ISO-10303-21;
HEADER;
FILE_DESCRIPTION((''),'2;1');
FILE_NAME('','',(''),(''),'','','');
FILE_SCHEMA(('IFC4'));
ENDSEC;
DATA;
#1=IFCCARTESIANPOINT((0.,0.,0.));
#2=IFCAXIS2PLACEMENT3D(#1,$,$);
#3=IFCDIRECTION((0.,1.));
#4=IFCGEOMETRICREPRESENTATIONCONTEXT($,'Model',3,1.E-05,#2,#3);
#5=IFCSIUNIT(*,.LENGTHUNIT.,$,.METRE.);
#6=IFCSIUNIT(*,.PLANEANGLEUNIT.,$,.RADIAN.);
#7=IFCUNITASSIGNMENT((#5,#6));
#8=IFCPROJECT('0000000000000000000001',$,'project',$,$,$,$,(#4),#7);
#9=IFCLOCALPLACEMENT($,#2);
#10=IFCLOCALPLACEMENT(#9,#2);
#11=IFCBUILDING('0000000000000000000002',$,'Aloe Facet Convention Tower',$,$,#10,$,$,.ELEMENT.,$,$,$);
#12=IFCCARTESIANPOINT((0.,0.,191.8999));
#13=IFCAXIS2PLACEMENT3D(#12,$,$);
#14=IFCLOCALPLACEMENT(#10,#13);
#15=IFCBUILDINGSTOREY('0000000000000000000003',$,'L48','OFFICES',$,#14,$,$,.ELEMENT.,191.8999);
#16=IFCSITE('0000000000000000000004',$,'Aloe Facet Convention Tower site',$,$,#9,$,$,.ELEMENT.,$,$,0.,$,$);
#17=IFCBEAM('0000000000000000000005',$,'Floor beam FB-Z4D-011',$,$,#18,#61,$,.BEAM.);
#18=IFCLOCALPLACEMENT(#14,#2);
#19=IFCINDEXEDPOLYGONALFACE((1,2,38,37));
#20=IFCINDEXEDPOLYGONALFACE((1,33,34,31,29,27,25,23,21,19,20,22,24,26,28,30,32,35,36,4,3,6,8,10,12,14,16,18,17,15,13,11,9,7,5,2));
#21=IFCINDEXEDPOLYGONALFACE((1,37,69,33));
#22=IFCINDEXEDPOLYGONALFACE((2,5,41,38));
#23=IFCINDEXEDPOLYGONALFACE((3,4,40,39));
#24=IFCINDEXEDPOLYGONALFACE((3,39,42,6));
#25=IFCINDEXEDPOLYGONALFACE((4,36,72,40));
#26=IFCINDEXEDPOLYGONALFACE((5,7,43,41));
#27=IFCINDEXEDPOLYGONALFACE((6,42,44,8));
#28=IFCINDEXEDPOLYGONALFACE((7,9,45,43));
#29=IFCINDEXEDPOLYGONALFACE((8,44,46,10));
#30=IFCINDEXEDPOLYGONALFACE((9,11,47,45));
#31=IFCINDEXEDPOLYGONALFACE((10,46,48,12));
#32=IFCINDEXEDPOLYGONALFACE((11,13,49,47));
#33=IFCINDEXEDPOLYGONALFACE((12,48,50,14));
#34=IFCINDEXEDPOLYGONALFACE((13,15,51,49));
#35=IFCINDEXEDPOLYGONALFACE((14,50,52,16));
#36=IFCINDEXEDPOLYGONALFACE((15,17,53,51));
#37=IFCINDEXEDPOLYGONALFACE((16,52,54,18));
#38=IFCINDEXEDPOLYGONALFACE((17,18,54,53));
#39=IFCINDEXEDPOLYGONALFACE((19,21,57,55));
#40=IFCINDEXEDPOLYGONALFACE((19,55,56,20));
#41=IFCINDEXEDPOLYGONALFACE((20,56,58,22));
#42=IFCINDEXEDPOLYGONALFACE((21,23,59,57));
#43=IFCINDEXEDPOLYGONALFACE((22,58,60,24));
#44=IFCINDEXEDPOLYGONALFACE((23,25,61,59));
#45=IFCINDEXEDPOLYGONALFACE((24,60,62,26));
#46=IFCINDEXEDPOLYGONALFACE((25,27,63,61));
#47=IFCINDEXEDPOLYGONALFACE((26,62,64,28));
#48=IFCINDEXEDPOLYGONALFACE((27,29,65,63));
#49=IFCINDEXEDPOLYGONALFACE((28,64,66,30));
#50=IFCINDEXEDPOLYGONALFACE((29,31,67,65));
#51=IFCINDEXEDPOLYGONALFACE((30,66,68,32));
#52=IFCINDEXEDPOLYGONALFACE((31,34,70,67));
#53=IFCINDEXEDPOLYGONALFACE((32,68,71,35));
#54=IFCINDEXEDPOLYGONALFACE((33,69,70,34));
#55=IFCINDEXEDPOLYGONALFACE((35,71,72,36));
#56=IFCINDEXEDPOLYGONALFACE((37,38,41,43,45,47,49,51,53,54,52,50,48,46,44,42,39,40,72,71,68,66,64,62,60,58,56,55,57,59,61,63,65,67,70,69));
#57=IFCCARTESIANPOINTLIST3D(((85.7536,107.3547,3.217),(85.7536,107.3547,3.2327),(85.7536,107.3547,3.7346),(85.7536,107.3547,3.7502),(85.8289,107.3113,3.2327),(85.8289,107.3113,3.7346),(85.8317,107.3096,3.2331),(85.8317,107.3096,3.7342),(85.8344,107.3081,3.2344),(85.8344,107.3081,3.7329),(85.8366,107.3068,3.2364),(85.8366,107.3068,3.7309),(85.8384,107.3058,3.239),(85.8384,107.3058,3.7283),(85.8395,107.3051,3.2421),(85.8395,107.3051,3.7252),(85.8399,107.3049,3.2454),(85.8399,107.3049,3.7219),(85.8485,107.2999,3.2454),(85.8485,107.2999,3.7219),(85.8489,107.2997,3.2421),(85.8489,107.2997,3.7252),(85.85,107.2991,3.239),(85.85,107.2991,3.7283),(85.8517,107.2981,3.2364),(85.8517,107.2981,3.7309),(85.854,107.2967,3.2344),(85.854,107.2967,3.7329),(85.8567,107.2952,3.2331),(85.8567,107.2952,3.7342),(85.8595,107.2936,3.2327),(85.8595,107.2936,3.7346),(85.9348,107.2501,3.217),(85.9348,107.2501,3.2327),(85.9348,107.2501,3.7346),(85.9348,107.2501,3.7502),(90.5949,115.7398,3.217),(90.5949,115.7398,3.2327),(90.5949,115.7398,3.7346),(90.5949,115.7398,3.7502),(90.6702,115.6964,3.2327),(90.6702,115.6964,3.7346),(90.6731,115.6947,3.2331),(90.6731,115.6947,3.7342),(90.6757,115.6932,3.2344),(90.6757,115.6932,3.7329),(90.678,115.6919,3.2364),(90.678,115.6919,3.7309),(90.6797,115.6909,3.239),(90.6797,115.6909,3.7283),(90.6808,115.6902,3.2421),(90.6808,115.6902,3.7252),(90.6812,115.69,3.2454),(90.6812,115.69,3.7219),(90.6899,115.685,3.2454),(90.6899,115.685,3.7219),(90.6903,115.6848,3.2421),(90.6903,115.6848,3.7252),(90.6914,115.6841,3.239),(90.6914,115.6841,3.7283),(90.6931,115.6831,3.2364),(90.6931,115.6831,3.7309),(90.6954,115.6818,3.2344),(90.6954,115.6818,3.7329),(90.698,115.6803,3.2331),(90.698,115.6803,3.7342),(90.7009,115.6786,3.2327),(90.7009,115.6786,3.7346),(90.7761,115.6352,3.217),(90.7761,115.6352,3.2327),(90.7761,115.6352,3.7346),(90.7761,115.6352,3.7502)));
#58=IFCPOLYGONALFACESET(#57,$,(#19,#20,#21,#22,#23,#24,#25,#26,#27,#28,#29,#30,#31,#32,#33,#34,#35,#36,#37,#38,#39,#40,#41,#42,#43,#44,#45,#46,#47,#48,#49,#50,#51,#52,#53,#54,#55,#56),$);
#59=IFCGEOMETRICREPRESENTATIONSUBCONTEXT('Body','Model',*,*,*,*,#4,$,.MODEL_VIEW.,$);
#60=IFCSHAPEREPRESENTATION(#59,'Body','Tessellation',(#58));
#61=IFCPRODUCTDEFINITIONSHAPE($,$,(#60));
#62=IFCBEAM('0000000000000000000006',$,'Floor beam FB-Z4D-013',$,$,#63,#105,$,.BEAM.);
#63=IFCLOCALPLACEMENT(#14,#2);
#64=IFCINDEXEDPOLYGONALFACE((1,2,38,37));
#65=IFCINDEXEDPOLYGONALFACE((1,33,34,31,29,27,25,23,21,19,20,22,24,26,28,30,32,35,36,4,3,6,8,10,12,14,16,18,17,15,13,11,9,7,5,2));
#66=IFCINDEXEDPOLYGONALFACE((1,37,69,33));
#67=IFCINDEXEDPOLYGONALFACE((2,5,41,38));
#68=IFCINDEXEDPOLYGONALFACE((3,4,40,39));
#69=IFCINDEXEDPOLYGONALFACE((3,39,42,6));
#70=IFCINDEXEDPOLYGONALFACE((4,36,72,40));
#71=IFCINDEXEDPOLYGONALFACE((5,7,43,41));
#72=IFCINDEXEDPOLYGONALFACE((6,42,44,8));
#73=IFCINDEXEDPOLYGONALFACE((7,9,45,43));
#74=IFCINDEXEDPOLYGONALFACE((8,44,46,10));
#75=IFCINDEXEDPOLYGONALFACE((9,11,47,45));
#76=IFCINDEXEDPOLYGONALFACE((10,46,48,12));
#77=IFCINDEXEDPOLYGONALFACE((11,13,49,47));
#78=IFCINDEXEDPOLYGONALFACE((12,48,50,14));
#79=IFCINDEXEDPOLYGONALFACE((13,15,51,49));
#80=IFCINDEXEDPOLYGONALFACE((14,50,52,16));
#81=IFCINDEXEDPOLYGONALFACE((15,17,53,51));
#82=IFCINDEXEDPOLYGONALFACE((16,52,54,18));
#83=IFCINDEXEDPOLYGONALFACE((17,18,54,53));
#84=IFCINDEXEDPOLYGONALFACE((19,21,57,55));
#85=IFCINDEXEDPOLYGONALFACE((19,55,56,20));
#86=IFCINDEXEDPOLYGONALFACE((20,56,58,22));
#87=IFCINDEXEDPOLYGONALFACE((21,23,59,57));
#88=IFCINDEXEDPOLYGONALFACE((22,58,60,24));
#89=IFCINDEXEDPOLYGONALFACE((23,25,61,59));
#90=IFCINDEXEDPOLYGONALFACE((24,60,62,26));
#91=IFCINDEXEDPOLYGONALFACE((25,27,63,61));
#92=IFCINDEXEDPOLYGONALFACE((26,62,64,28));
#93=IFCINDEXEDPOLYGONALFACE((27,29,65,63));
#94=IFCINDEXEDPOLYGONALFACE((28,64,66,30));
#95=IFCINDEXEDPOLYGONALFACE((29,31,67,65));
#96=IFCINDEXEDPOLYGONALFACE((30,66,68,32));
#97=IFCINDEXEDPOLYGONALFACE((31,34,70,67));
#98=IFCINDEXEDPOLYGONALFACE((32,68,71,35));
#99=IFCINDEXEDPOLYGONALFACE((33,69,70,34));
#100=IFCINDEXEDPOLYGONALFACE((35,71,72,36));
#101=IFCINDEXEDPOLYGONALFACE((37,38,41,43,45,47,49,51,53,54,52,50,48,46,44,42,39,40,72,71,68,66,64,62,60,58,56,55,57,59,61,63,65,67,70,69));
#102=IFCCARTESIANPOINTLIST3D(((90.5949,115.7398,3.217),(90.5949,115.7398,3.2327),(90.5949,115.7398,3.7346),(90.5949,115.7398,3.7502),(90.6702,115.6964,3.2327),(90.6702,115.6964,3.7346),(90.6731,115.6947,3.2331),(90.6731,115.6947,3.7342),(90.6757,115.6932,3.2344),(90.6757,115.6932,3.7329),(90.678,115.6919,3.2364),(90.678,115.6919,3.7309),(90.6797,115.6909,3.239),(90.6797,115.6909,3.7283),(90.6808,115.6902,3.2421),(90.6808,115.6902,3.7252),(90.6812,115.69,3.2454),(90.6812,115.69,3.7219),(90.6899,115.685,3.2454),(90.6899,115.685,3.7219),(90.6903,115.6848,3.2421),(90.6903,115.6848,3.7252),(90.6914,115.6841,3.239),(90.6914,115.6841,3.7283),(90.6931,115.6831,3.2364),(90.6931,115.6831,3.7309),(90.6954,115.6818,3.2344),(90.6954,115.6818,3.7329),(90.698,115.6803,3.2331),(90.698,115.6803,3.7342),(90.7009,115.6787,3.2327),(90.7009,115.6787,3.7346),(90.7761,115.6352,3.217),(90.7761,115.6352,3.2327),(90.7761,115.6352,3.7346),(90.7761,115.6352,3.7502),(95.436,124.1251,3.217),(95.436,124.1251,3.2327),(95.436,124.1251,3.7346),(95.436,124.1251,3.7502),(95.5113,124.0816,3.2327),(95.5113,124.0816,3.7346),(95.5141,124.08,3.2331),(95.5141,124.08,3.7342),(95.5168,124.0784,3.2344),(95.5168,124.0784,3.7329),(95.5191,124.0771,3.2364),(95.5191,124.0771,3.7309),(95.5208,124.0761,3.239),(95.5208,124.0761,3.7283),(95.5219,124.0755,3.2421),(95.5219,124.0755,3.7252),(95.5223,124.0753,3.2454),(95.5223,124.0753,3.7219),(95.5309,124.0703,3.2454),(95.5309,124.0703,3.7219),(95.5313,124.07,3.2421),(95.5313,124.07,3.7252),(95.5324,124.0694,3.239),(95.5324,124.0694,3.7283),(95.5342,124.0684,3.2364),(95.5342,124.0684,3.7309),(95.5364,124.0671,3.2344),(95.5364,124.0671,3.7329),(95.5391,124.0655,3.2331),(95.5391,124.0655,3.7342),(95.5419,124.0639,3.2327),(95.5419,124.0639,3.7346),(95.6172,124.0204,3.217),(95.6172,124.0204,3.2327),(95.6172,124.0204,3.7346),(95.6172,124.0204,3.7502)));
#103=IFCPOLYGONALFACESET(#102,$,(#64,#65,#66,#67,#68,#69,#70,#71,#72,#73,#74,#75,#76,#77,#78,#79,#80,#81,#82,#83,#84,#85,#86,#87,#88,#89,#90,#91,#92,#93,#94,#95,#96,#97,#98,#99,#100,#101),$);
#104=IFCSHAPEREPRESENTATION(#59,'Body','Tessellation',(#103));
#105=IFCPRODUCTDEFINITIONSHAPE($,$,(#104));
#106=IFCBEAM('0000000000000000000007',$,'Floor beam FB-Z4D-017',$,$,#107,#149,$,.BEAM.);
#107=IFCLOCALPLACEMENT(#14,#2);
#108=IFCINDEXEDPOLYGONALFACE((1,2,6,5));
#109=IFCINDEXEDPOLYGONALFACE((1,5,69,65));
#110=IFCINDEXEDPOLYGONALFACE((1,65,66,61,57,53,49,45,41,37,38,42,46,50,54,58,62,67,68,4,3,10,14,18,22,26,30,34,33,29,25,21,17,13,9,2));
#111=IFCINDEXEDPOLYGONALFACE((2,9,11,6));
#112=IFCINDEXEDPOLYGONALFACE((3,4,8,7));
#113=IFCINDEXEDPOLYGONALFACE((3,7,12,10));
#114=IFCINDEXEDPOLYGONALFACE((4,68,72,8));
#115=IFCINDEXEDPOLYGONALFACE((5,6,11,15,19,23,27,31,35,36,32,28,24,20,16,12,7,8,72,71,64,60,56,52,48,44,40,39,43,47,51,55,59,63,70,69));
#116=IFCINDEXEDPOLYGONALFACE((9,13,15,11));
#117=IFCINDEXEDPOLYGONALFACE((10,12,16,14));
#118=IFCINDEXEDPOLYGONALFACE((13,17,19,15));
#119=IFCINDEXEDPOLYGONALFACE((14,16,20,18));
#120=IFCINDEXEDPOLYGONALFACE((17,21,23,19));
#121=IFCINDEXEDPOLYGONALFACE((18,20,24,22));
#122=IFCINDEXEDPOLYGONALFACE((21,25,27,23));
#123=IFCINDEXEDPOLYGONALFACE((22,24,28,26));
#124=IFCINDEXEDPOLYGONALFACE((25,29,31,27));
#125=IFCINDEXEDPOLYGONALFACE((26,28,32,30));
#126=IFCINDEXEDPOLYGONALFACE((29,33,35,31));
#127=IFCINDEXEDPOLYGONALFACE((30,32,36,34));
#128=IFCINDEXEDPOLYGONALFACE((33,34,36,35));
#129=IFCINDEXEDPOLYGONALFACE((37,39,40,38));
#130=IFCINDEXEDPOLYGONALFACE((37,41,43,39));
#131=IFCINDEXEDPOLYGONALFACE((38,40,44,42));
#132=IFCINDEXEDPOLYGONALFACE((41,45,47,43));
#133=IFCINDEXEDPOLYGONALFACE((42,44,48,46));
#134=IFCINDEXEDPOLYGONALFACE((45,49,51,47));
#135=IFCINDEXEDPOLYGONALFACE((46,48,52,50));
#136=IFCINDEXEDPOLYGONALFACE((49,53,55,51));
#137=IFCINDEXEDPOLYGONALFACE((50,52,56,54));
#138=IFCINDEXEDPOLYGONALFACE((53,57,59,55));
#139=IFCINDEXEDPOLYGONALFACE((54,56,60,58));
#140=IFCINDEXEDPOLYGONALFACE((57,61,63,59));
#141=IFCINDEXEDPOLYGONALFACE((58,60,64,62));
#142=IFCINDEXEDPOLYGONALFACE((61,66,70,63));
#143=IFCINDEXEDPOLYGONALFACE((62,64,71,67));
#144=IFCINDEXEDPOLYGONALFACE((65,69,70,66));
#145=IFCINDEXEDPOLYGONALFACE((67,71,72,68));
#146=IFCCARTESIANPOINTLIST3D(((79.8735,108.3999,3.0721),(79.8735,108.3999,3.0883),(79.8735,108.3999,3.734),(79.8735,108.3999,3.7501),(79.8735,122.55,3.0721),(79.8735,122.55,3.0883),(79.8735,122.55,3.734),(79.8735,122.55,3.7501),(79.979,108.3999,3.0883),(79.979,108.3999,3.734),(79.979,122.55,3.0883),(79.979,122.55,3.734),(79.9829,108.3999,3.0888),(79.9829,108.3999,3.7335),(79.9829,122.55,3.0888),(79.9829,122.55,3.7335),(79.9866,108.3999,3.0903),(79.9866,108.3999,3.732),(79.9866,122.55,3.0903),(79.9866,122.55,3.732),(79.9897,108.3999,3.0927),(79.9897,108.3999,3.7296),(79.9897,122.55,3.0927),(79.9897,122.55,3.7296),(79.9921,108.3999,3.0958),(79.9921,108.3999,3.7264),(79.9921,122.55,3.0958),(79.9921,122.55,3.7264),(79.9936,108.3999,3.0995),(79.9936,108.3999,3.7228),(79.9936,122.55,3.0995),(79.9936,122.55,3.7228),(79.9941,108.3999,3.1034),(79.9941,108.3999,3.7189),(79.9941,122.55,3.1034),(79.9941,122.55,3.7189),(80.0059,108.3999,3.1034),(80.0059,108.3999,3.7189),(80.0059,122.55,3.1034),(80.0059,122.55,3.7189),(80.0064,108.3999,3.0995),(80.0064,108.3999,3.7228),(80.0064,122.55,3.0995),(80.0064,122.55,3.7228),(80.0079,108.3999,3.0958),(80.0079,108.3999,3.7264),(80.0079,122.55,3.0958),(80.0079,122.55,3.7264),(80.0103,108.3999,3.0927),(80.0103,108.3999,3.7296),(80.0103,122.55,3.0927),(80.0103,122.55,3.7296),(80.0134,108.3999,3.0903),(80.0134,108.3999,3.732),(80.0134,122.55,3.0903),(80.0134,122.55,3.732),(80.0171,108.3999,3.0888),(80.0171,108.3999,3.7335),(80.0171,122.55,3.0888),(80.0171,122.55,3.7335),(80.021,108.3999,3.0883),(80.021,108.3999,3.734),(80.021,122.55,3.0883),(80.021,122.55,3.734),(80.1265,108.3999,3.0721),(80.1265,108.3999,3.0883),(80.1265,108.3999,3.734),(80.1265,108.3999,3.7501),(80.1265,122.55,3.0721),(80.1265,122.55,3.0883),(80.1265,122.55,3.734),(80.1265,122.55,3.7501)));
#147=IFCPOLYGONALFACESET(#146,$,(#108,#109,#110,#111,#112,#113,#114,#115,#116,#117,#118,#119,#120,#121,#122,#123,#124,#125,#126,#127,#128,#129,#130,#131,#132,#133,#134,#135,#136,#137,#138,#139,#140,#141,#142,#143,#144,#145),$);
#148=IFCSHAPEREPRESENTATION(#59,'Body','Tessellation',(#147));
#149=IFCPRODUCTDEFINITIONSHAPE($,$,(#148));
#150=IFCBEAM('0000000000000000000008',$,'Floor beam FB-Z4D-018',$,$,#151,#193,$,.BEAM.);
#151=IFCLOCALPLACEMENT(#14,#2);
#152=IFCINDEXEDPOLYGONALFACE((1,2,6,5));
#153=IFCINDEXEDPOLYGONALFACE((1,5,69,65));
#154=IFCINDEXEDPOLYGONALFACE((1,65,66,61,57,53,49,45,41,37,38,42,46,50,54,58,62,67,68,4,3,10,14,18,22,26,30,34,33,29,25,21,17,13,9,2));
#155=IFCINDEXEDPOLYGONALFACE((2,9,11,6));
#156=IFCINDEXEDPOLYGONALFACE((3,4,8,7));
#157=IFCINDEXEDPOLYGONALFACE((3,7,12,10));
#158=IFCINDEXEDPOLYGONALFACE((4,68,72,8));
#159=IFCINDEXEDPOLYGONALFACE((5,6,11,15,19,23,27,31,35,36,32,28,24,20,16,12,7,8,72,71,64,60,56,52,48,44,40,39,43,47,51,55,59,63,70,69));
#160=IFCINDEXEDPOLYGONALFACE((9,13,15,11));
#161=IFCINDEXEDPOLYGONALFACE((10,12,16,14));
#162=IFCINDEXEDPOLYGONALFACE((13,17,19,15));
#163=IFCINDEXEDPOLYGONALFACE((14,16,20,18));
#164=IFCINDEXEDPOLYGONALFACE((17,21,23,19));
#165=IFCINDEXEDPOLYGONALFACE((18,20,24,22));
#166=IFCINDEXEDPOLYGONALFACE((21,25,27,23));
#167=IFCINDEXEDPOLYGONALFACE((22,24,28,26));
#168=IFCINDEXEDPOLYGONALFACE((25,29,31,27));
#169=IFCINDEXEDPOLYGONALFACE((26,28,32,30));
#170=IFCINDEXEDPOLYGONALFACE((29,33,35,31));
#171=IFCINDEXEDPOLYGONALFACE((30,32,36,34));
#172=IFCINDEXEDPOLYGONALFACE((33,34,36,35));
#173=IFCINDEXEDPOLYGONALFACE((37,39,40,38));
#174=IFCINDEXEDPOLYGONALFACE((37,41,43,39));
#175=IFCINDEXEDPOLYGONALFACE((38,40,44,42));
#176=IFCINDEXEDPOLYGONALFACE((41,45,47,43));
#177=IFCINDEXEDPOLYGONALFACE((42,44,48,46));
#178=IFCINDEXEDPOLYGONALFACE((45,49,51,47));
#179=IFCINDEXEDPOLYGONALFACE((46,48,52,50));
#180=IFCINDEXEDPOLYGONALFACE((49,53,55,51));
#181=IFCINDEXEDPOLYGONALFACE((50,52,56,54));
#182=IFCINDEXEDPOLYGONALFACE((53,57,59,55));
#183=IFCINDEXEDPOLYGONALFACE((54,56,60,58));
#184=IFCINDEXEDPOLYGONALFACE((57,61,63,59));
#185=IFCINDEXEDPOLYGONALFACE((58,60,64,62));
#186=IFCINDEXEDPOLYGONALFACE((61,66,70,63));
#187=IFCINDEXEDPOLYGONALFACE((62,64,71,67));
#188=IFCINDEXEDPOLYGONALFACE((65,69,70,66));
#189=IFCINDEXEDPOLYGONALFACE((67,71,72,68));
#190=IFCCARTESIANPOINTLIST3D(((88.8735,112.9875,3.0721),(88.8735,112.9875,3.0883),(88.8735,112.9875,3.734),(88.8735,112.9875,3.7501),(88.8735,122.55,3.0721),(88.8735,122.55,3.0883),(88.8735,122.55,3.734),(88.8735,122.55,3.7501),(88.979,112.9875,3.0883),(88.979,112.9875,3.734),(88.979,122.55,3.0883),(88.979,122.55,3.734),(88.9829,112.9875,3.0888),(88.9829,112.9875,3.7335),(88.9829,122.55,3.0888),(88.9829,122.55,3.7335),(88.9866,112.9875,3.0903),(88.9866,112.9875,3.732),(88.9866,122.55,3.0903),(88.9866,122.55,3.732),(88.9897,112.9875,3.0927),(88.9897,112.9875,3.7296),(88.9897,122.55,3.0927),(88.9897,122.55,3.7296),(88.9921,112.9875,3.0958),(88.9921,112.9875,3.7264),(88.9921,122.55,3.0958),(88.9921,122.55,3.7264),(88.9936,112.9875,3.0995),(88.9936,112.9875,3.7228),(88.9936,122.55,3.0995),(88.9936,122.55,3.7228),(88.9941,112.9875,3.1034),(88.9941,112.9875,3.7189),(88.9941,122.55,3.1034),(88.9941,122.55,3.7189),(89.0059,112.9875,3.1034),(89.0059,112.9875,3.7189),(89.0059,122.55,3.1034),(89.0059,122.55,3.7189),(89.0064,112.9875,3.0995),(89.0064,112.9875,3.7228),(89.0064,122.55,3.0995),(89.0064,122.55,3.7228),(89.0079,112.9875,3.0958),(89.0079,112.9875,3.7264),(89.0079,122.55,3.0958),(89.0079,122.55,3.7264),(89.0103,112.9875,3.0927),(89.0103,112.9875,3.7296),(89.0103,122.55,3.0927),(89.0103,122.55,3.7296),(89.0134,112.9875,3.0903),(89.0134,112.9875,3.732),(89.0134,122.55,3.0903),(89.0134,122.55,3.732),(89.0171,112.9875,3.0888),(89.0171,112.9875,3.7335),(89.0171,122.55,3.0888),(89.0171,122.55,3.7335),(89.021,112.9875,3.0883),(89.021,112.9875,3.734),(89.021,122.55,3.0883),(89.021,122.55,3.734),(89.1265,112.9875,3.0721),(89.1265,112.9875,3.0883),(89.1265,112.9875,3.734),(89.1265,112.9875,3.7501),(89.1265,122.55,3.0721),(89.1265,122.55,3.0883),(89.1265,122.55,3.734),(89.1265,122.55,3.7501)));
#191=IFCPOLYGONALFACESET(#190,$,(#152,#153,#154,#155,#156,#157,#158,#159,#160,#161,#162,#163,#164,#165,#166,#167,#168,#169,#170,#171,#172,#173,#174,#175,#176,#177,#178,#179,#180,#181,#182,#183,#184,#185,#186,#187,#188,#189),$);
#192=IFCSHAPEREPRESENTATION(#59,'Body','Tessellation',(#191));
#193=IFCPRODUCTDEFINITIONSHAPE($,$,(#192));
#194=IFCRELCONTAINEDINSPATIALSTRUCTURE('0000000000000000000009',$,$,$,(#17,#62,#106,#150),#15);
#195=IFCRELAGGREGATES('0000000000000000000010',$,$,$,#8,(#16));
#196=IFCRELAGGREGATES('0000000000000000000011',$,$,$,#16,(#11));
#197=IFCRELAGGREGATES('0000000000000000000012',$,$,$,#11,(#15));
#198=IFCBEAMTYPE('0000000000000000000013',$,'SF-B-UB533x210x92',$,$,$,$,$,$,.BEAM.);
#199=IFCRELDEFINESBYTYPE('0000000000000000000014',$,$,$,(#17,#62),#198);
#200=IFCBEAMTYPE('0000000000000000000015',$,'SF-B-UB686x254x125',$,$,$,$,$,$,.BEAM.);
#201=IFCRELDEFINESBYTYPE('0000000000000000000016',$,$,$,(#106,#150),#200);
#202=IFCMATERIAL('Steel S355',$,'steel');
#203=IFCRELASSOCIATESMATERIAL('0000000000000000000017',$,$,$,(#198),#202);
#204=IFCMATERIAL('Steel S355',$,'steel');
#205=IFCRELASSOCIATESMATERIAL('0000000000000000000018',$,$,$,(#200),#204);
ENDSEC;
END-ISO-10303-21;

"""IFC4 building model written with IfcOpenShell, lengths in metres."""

from ifc_helpers import new_model, si_unit, direction, frame, origin, origin_2d, place, context, subcontext, project, spatial, i_section, extrude, material, material_profile, profile_set, type_object, element, save


model = new_model("IFC4")

# Units and contexts
model_context = context("Model", 3, precision=1e-05, world=origin(), true_north=direction((0.0, 1.0)))
body_context = subcontext(model_context, "Body", "Model", "MODEL_VIEW")
ifc_project = project(units=[si_unit("LENGTHUNIT", "METRE"), si_unit("PLANEANGLEUNIT", "RADIAN")], contexts=[model_context])

# Site, building, storey
site_placement = place(None, origin())
site = spatial("IfcSite", under=ifc_project, at=site_placement, Name="Aloe Facet Convention Tower site", CompositionType="ELEMENT", RefElevation=0.0)
building_placement = place(site_placement, origin())
building = spatial("IfcBuilding", under=site, at=building_placement, Name="Aloe Facet Convention Tower", CompositionType="ELEMENT")
storey_placement = place(building_placement, frame((0.0, 0.0, 191.8999)))
storey = spatial("IfcBuildingStorey", under=building, at=storey_placement, Name="L48", Description="OFFICES", CompositionType="ELEMENT", Elevation=191.8999)

# Beams
ifc_material_1 = material(Name="Steel S355", Category="steel")
ifc_material_profile_1 = material_profile(ifc_material_1, i_section(OverallWidth=0.2092, OverallDepth=0.5332, WebThickness=0.01, FlangeThickness=0.0156, FilletRadius=0.0127, at=origin_2d()), Name="UB 533x210x92")
ifc_profile_set_1 = profile_set([ifc_material_profile_1], Name="Steel S355")
beam_type_1 = type_object("IfcBeamType", Name="SF-B-UB533x210x92", PredefinedType="BEAM", material=ifc_profile_set_1)
for number, where, z_axis, x_axis, name in (
    (1, (90.6855, 115.6875, 3.4836), (-0.500017, -0.866016, 0.0), (0.866016, -0.500017, 0.0), "Floor beam FB-Z4D-011"),
    (2, (95.5266, 124.0728, 3.4836), (-0.499987, -0.866033, 0.0), (0.866033, -0.499987, 0.0), "Floor beam FB-Z4D-013"),
):
    element("IfcBeam", number, at=place(storey_placement, frame(where, z_axis=z_axis, x_axis=x_axis)), inside=storey, type_object=beam_type_1, Name=name, PredefinedType="BEAM", context=body_context, shape_type="SweptSolid", body=[
        extrude(i_section(OverallWidth=0.2092, OverallDepth=0.5332, WebThickness=0.01, FlangeThickness=0.0156, FilletRadius=0.0127, at=origin_2d()), origin(), (0.0, 0.0, 1.0), 9.6824),
    ])
ifc_material_2 = material(Name="Steel S355", Category="steel")
ifc_material_profile_2 = material_profile(ifc_material_2, i_section(OverallWidth=0.2529, OverallDepth=0.678, WebThickness=0.0117, FlangeThickness=0.0161, FilletRadius=0.0151, at=origin_2d()), Name="UB 686x254x125")
ifc_profile_set_2 = profile_set([ifc_material_profile_2], Name="Steel S355")
beam_type_2 = type_object("IfcBeamType", Name="SF-B-UB686x254x125", PredefinedType="BEAM", material=ifc_profile_set_2)
beam_1_placement = place(storey_placement, frame((80.0, 122.55, 3.4111), z_axis=(0.0, -1.0, 0.0), x_axis=(1.0, 0.0, 0.0)))
element("IfcBeam", 3, at=beam_1_placement, inside=storey, type_object=beam_type_2, Name="Floor beam FB-Z4D-017", PredefinedType="BEAM", context=body_context, shape_type="SweptSolid", body=[
    extrude(i_section(OverallWidth=0.2529, OverallDepth=0.678, WebThickness=0.0117, FlangeThickness=0.0161, FilletRadius=0.0151, at=origin_2d()), origin(), (0.0, 0.0, 1.0), 14.1501),
])
beam_2_placement = place(storey_placement, frame((89.0, 122.55, 3.4111), z_axis=(0.0, -1.0, 0.0), x_axis=(1.0, 0.0, 0.0)))
element("IfcBeam", 4, at=beam_2_placement, inside=storey, type_object=beam_type_2, Name="Floor beam FB-Z4D-018", PredefinedType="BEAM", context=body_context, shape_type="SweptSolid", body=[
    extrude(i_section(OverallWidth=0.2529, OverallDepth=0.678, WebThickness=0.0117, FlangeThickness=0.0161, FilletRadius=0.0151, at=origin_2d()), origin(), (0.0, 0.0, 1.0), 9.5625),
])

save(model, "model.ifc")
